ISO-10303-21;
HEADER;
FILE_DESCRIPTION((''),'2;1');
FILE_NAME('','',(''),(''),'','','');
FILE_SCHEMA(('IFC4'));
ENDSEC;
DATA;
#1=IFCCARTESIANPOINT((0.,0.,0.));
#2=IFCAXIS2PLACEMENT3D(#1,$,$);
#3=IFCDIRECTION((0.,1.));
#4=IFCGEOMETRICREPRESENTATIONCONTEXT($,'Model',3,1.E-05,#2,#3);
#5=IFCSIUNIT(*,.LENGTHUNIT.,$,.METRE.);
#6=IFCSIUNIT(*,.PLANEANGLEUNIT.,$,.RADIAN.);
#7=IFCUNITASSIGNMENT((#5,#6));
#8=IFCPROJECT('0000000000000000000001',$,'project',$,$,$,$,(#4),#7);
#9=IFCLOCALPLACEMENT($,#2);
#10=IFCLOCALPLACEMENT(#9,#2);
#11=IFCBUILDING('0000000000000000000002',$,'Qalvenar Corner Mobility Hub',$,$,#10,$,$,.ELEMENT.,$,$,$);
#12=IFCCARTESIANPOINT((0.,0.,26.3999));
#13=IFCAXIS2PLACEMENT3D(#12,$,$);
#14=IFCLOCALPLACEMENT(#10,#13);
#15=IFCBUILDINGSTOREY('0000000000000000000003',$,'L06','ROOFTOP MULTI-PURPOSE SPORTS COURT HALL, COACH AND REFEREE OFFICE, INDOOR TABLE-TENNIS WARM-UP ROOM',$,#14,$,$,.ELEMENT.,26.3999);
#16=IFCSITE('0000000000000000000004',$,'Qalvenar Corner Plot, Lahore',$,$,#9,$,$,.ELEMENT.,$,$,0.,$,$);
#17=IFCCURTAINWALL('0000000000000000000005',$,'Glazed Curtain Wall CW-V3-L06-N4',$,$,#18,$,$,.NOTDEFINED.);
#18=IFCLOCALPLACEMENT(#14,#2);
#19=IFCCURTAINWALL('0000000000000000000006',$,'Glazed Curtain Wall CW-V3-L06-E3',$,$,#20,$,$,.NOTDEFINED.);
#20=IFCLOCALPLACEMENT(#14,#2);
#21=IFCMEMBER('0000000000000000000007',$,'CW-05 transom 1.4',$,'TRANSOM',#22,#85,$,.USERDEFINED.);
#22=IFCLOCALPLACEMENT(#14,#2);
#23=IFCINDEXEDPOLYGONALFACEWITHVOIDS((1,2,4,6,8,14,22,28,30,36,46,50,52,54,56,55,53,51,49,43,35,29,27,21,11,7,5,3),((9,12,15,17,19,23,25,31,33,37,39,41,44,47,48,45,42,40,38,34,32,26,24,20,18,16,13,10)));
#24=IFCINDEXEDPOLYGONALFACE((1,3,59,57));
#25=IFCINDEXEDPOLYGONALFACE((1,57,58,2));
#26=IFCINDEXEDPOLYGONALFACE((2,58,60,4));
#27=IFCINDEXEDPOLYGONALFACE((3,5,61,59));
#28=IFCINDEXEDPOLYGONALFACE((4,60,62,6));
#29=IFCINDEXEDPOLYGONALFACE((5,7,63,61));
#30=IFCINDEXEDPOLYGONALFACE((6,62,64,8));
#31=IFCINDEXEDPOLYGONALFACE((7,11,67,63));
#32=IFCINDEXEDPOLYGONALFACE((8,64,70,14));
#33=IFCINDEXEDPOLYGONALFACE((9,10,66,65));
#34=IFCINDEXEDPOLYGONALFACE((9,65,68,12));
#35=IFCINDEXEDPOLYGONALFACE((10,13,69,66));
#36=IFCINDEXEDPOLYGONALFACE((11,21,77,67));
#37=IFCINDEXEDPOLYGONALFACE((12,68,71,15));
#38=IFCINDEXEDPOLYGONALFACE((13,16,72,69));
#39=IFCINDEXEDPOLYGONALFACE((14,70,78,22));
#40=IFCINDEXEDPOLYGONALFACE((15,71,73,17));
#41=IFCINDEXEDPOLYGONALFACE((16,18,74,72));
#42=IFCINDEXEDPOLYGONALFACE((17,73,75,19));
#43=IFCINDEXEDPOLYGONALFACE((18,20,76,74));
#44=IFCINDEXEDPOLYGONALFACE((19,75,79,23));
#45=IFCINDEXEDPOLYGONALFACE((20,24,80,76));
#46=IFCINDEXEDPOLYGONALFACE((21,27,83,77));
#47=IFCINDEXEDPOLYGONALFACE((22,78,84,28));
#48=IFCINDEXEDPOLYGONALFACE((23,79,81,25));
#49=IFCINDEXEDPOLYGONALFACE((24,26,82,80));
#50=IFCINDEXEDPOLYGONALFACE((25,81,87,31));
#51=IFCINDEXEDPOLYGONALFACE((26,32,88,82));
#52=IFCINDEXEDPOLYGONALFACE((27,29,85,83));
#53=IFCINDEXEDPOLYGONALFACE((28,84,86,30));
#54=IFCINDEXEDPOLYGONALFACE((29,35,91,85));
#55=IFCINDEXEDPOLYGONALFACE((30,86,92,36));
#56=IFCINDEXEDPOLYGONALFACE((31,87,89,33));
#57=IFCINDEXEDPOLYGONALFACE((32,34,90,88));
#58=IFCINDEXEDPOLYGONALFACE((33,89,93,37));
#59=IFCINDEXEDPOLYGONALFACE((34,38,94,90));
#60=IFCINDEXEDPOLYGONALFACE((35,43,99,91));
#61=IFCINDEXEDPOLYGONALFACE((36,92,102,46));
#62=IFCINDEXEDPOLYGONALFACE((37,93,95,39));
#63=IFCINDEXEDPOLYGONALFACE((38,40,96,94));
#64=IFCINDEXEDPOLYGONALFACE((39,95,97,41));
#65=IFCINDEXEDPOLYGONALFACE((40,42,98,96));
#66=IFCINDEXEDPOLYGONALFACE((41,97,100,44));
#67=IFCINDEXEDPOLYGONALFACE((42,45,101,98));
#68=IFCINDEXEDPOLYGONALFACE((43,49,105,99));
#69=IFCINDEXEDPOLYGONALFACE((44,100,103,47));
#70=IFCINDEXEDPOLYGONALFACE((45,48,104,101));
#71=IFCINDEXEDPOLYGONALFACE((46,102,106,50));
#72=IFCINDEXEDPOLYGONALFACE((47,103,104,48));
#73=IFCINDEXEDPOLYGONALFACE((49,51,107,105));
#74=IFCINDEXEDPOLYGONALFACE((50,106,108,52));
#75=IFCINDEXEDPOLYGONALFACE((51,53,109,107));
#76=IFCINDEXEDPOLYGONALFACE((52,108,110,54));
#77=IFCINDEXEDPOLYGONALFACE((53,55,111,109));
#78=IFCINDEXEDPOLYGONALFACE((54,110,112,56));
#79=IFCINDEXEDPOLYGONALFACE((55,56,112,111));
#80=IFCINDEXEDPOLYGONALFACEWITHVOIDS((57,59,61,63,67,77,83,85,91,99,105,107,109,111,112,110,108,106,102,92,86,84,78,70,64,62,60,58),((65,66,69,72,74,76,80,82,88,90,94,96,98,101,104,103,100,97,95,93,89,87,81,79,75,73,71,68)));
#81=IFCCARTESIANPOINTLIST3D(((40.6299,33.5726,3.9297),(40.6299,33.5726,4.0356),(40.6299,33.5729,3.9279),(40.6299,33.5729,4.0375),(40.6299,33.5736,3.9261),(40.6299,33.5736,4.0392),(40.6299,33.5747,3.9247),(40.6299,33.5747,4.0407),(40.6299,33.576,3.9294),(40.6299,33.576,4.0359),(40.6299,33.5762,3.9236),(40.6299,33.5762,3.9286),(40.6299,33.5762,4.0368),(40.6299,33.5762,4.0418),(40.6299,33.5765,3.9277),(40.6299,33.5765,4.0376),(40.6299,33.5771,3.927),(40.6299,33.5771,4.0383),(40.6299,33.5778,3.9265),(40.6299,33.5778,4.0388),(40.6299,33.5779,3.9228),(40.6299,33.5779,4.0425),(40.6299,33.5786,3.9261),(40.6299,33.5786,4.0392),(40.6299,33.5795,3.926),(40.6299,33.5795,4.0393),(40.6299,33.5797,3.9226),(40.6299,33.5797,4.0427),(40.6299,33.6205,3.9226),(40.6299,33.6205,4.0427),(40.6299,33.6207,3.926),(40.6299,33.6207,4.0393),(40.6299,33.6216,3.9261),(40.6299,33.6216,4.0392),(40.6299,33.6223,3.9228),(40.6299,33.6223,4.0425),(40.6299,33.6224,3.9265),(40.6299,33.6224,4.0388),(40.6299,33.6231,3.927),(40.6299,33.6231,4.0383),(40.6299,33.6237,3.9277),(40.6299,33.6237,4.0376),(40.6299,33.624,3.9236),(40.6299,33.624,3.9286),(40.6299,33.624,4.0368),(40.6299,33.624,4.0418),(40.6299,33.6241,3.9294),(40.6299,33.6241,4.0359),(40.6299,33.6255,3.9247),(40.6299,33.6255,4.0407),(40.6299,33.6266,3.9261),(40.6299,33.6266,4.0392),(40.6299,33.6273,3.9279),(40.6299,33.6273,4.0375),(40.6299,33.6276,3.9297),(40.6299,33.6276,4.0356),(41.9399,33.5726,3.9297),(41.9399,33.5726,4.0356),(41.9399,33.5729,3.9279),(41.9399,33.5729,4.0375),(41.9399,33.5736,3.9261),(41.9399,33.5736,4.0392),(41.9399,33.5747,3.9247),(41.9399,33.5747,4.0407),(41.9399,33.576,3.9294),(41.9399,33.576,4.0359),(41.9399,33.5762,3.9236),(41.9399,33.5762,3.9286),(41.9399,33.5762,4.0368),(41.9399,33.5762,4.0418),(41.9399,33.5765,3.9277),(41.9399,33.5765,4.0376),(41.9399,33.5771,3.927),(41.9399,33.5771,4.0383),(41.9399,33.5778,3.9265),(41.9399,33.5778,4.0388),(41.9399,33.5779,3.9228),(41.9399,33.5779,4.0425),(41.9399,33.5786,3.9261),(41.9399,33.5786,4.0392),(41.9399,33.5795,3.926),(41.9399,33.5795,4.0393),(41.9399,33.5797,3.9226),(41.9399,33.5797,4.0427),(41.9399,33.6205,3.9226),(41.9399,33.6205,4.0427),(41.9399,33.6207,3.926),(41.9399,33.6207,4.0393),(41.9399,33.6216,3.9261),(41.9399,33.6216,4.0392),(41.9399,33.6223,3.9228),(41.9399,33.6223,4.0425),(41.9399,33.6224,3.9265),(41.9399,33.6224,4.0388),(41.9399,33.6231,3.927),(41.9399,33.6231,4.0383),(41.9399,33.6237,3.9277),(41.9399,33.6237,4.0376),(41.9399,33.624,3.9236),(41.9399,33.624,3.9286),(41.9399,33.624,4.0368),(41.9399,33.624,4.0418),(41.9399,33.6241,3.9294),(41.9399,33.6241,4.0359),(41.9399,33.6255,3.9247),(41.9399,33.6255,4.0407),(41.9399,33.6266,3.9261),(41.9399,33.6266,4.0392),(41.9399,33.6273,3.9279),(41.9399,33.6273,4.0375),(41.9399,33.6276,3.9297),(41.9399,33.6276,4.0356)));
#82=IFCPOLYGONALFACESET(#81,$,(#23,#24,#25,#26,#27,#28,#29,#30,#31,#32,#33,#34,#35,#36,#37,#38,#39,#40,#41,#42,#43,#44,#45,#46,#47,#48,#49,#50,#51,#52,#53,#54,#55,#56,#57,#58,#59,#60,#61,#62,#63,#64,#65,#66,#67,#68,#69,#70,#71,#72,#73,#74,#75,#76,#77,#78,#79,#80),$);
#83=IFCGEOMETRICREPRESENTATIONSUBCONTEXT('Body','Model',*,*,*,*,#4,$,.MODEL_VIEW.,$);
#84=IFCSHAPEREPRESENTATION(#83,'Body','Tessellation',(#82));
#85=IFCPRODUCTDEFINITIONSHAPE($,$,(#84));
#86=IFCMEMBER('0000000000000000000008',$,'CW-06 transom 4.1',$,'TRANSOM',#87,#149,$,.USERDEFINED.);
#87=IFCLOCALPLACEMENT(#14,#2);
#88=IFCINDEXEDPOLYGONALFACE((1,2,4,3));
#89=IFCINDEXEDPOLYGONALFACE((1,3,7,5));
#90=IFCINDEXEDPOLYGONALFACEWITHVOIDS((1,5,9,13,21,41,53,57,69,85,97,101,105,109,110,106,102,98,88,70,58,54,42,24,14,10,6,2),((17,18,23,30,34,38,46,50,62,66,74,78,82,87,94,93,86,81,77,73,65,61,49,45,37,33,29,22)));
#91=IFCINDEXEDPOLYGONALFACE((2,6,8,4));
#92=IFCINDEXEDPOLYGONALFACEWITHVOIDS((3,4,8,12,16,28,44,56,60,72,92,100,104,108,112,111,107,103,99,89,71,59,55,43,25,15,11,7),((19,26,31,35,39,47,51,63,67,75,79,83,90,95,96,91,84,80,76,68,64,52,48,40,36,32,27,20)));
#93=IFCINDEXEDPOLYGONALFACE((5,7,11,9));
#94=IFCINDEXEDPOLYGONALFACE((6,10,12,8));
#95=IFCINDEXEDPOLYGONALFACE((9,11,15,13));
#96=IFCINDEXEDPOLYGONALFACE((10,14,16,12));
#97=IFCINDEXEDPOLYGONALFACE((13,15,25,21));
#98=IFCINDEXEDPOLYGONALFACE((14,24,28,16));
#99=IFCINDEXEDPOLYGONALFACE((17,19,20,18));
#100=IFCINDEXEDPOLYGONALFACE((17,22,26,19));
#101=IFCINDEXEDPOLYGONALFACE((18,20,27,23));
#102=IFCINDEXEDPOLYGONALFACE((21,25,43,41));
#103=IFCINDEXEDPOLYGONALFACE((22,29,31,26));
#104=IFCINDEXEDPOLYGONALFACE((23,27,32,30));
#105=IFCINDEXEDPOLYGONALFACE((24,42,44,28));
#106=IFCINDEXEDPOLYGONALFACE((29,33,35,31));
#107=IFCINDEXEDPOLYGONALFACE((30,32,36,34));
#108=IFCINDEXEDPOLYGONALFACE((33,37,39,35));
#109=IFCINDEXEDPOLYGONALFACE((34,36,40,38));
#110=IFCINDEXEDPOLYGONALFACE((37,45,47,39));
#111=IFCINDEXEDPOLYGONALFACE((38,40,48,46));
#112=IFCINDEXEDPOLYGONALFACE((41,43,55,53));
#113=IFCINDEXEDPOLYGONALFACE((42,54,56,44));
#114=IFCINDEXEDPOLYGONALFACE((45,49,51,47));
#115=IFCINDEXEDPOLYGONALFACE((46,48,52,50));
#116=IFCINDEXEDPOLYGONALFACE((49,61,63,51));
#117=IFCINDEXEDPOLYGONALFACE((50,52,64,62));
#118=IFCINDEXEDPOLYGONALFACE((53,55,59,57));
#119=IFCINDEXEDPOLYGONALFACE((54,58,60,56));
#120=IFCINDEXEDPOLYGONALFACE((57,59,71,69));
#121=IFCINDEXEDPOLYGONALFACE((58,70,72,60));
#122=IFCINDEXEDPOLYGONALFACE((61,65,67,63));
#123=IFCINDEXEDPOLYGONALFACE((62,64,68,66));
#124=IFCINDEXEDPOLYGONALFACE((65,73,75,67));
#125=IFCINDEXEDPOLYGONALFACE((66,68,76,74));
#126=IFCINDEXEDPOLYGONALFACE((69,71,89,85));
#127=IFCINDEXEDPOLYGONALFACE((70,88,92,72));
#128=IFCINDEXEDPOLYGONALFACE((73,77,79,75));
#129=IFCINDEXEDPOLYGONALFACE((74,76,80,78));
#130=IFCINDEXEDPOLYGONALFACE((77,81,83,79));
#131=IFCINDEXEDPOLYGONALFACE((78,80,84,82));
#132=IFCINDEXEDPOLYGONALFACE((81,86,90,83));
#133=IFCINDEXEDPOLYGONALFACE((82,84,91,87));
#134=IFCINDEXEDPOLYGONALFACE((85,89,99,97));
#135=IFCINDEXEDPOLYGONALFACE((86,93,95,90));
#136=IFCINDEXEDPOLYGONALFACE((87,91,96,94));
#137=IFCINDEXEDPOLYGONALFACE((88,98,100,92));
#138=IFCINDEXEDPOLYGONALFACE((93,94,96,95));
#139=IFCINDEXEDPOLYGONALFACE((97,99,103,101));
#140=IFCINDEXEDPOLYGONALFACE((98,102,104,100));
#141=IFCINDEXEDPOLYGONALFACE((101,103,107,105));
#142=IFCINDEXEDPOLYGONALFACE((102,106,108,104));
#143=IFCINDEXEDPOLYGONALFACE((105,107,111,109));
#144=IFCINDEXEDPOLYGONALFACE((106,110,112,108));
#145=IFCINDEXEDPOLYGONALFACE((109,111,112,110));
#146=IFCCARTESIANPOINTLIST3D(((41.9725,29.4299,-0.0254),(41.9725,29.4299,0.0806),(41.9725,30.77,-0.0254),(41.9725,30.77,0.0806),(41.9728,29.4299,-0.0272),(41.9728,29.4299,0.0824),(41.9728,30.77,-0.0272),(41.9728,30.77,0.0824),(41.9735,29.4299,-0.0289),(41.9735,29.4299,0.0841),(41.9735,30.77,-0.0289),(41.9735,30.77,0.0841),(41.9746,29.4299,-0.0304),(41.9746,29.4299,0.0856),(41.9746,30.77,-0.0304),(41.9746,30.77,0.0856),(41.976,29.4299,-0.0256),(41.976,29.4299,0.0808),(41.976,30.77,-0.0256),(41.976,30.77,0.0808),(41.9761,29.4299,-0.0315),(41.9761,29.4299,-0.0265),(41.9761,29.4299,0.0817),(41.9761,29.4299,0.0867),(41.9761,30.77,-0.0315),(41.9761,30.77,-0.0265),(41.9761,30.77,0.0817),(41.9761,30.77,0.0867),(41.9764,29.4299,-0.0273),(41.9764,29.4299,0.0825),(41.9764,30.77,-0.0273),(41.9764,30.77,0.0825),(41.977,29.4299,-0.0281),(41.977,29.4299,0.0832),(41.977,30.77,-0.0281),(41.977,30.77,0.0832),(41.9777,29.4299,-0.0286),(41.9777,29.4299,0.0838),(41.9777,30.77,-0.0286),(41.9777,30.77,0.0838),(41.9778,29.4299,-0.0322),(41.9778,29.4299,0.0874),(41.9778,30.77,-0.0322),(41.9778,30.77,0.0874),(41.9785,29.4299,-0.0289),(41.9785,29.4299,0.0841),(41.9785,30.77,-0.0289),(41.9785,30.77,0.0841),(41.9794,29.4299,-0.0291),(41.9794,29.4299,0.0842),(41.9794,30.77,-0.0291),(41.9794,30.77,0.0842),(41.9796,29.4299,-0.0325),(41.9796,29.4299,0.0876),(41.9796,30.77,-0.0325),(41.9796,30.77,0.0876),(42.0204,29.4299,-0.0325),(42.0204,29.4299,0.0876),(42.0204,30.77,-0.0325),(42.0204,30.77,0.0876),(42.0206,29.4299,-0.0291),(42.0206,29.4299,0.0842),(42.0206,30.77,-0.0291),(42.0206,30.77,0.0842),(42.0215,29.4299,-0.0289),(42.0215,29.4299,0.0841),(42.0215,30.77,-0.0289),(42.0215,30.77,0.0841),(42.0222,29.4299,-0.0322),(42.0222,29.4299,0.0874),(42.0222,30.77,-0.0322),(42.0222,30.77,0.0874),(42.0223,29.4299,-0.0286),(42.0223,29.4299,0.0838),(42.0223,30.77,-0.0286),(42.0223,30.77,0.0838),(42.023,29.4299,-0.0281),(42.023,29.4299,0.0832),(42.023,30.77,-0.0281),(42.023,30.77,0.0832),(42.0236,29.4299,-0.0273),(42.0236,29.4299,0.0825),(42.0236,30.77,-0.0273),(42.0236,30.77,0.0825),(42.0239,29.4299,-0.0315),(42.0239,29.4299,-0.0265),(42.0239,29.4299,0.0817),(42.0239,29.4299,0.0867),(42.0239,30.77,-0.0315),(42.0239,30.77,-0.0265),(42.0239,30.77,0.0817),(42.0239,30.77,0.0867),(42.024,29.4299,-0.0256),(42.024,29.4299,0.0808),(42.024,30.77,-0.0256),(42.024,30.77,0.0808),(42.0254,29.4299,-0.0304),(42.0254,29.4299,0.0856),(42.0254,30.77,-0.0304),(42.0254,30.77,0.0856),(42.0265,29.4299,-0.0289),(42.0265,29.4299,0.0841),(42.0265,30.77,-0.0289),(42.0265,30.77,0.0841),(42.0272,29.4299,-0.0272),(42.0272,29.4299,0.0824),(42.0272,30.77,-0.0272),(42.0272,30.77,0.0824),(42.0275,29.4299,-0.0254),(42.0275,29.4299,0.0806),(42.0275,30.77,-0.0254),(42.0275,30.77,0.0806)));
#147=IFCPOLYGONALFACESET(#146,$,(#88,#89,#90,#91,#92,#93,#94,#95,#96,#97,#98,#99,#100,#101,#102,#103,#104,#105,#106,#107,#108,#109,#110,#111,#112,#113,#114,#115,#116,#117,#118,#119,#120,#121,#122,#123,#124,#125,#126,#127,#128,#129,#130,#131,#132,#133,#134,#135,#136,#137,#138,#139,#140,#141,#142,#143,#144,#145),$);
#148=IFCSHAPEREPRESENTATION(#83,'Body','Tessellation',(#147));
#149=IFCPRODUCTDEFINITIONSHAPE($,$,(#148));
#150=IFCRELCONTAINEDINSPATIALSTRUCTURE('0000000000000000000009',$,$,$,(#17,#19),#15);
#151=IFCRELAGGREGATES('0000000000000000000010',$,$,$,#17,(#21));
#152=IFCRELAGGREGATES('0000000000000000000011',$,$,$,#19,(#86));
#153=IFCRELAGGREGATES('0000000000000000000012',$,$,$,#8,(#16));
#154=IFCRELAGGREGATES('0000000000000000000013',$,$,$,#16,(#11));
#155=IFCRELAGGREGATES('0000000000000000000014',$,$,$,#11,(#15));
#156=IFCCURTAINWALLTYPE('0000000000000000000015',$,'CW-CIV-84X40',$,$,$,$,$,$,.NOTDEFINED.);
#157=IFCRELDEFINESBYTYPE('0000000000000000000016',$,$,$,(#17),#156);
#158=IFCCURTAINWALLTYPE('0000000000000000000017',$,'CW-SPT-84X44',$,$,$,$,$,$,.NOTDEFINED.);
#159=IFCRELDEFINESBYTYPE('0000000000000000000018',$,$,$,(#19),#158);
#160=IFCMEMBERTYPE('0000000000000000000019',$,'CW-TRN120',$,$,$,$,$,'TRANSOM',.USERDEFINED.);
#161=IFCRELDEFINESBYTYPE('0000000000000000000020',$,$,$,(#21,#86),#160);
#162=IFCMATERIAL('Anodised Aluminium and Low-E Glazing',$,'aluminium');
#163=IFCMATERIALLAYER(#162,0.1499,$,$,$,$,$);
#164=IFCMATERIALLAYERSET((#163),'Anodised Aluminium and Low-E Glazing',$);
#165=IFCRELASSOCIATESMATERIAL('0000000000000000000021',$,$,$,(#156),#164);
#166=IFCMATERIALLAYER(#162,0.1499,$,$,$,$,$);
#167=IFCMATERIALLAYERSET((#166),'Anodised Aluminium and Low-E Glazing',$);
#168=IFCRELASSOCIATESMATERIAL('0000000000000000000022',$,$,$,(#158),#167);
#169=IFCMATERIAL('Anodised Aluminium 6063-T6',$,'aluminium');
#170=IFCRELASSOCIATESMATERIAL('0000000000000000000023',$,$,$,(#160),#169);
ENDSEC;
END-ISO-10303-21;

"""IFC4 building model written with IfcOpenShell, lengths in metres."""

from ifc_helpers import new_model, si_unit, direction, frame, origin, origin_2d, place, context, subcontext, project, spatial, hollow_rectangle, extrude, material, layer, layer_set, material_profile, profile_set, type_object, element, aggregate, save


model = new_model("IFC4")

# Units and contexts
model_context = context("Model", 3, precision=1e-05, world=origin(), true_north=direction((0.0, 1.0)))
body_context = subcontext(model_context, "Body", "Model", "MODEL_VIEW")
ifc_project = project(units=[si_unit("LENGTHUNIT", "METRE"), si_unit("PLANEANGLEUNIT", "RADIAN")], contexts=[model_context])

# Site, building, storey
site_placement = place(None, origin())
site = spatial("IfcSite", under=ifc_project, at=site_placement, Name="Qalvenar Corner Plot, Lahore", CompositionType="ELEMENT", RefElevation=0.0)
building_placement = place(site_placement, origin())
building = spatial("IfcBuilding", under=site, at=building_placement, Name="Qalvenar Corner Mobility Hub", CompositionType="ELEMENT")
storey_placement = place(building_placement, frame((0.0, 0.0, 26.3999)))
storey = spatial("IfcBuildingStorey", under=building, at=storey_placement, Name="L06", Description="ROOFTOP MULTI-PURPOSE SPORTS COURT HALL, COACH AND REFEREE OFFICE, INDOOR TABLE-TENNIS WARM-UP ROOM", CompositionType="ELEMENT", Elevation=26.3999)

# Curtain wall
ifc_material_1 = material(Name="Anodised Aluminium and Low-E Glazing", Category="aluminium")
ifc_layer_1 = layer(ifc_material_1, 0.1499)
ifc_layer_set_1 = layer_set([ifc_layer_1], Name="Anodised Aluminium and Low-E Glazing")
curtain_wall_type_1 = type_object("IfcCurtainWallType", Name="CW-CIV-84X40", PredefinedType="NOTDEFINED", material=ifc_layer_set_1)
curtain_wall_1_placement = place(storey_placement, origin())
curtain_wall_1 = element("IfcCurtainWall", 1, at=curtain_wall_1_placement, inside=storey, type_object=curtain_wall_type_1, Name="Glazed Curtain Wall CW-V3-L06-N4", PredefinedType="NOTDEFINED")
ifc_material_2 = material(Name="Anodised Aluminium 6063-T6", Category="aluminium")

# Curtain wall
ifc_layer_2 = layer(ifc_material_1, 0.1499)
ifc_layer_set_2 = layer_set([ifc_layer_2], Name="Anodised Aluminium and Low-E Glazing")
curtain_wall_type_2 = type_object("IfcCurtainWallType", Name="CW-SPT-84X44", PredefinedType="NOTDEFINED", material=ifc_layer_set_2)
curtain_wall_2_placement = place(storey_placement, origin())
curtain_wall_2 = element("IfcCurtainWall", 2, at=curtain_wall_2_placement, inside=storey, type_object=curtain_wall_type_2, Name="Glazed Curtain Wall CW-V3-L06-E3", PredefinedType="NOTDEFINED")

# Members
ifc_material_profile_1 = material_profile(ifc_material_2, hollow_rectangle(XDim=0.0549, YDim=0.1201, WallThickness=0.0034, InnerFilletRadius=0.0034, OuterFilletRadius=0.0071, at=origin_2d()), Name="RHS120x55x3.5")
ifc_profile_set_1 = profile_set([ifc_material_profile_1], Name="Anodised Aluminium 6063-T6")
member_type_1 = type_object("IfcMemberType", Name="CW-TRN120", ElementType="TRANSOM", PredefinedType="USERDEFINED", material=ifc_profile_set_1)
member_1_placement = place(storey_placement, frame((41.9399, 33.6001, 3.9827), z_axis=(-1.0, 0.0, 0.0), x_axis=(0.0, -1.0, 0.0)))
member_1 = element("IfcMember", 3, at=member_1_placement, type_object=member_type_1, Name="CW-05 transom 1.4", ObjectType="TRANSOM", PredefinedType="USERDEFINED", context=body_context, shape_type="SweptSolid", body=[
    extrude(hollow_rectangle(XDim=0.0549, YDim=0.1201, WallThickness=0.0034, InnerFilletRadius=0.0034, OuterFilletRadius=0.0071, at=origin_2d()), origin(), (0.0, 0.0, 1.0), 1.3101),
])
member_2_placement = place(storey_placement, frame((42.0, 29.4299, 0.0276), z_axis=(0.0, 1.0, 0.0), x_axis=(-1.0, 0.0, 0.0)))
member_2 = element("IfcMember", 4, at=member_2_placement, type_object=member_type_1, Name="CW-06 transom 4.1", ObjectType="TRANSOM", PredefinedType="USERDEFINED", context=body_context, shape_type="SweptSolid", body=[
    extrude(hollow_rectangle(XDim=0.0549, YDim=0.1201, WallThickness=0.0034, InnerFilletRadius=0.0034, OuterFilletRadius=0.0071, at=origin_2d()), origin(), (0.0, 0.0, 1.0), 1.3401),
])

aggregate(curtain_wall_1, [member_1])
aggregate(curtain_wall_2, [member_2])

save(model, "model.ifc")
